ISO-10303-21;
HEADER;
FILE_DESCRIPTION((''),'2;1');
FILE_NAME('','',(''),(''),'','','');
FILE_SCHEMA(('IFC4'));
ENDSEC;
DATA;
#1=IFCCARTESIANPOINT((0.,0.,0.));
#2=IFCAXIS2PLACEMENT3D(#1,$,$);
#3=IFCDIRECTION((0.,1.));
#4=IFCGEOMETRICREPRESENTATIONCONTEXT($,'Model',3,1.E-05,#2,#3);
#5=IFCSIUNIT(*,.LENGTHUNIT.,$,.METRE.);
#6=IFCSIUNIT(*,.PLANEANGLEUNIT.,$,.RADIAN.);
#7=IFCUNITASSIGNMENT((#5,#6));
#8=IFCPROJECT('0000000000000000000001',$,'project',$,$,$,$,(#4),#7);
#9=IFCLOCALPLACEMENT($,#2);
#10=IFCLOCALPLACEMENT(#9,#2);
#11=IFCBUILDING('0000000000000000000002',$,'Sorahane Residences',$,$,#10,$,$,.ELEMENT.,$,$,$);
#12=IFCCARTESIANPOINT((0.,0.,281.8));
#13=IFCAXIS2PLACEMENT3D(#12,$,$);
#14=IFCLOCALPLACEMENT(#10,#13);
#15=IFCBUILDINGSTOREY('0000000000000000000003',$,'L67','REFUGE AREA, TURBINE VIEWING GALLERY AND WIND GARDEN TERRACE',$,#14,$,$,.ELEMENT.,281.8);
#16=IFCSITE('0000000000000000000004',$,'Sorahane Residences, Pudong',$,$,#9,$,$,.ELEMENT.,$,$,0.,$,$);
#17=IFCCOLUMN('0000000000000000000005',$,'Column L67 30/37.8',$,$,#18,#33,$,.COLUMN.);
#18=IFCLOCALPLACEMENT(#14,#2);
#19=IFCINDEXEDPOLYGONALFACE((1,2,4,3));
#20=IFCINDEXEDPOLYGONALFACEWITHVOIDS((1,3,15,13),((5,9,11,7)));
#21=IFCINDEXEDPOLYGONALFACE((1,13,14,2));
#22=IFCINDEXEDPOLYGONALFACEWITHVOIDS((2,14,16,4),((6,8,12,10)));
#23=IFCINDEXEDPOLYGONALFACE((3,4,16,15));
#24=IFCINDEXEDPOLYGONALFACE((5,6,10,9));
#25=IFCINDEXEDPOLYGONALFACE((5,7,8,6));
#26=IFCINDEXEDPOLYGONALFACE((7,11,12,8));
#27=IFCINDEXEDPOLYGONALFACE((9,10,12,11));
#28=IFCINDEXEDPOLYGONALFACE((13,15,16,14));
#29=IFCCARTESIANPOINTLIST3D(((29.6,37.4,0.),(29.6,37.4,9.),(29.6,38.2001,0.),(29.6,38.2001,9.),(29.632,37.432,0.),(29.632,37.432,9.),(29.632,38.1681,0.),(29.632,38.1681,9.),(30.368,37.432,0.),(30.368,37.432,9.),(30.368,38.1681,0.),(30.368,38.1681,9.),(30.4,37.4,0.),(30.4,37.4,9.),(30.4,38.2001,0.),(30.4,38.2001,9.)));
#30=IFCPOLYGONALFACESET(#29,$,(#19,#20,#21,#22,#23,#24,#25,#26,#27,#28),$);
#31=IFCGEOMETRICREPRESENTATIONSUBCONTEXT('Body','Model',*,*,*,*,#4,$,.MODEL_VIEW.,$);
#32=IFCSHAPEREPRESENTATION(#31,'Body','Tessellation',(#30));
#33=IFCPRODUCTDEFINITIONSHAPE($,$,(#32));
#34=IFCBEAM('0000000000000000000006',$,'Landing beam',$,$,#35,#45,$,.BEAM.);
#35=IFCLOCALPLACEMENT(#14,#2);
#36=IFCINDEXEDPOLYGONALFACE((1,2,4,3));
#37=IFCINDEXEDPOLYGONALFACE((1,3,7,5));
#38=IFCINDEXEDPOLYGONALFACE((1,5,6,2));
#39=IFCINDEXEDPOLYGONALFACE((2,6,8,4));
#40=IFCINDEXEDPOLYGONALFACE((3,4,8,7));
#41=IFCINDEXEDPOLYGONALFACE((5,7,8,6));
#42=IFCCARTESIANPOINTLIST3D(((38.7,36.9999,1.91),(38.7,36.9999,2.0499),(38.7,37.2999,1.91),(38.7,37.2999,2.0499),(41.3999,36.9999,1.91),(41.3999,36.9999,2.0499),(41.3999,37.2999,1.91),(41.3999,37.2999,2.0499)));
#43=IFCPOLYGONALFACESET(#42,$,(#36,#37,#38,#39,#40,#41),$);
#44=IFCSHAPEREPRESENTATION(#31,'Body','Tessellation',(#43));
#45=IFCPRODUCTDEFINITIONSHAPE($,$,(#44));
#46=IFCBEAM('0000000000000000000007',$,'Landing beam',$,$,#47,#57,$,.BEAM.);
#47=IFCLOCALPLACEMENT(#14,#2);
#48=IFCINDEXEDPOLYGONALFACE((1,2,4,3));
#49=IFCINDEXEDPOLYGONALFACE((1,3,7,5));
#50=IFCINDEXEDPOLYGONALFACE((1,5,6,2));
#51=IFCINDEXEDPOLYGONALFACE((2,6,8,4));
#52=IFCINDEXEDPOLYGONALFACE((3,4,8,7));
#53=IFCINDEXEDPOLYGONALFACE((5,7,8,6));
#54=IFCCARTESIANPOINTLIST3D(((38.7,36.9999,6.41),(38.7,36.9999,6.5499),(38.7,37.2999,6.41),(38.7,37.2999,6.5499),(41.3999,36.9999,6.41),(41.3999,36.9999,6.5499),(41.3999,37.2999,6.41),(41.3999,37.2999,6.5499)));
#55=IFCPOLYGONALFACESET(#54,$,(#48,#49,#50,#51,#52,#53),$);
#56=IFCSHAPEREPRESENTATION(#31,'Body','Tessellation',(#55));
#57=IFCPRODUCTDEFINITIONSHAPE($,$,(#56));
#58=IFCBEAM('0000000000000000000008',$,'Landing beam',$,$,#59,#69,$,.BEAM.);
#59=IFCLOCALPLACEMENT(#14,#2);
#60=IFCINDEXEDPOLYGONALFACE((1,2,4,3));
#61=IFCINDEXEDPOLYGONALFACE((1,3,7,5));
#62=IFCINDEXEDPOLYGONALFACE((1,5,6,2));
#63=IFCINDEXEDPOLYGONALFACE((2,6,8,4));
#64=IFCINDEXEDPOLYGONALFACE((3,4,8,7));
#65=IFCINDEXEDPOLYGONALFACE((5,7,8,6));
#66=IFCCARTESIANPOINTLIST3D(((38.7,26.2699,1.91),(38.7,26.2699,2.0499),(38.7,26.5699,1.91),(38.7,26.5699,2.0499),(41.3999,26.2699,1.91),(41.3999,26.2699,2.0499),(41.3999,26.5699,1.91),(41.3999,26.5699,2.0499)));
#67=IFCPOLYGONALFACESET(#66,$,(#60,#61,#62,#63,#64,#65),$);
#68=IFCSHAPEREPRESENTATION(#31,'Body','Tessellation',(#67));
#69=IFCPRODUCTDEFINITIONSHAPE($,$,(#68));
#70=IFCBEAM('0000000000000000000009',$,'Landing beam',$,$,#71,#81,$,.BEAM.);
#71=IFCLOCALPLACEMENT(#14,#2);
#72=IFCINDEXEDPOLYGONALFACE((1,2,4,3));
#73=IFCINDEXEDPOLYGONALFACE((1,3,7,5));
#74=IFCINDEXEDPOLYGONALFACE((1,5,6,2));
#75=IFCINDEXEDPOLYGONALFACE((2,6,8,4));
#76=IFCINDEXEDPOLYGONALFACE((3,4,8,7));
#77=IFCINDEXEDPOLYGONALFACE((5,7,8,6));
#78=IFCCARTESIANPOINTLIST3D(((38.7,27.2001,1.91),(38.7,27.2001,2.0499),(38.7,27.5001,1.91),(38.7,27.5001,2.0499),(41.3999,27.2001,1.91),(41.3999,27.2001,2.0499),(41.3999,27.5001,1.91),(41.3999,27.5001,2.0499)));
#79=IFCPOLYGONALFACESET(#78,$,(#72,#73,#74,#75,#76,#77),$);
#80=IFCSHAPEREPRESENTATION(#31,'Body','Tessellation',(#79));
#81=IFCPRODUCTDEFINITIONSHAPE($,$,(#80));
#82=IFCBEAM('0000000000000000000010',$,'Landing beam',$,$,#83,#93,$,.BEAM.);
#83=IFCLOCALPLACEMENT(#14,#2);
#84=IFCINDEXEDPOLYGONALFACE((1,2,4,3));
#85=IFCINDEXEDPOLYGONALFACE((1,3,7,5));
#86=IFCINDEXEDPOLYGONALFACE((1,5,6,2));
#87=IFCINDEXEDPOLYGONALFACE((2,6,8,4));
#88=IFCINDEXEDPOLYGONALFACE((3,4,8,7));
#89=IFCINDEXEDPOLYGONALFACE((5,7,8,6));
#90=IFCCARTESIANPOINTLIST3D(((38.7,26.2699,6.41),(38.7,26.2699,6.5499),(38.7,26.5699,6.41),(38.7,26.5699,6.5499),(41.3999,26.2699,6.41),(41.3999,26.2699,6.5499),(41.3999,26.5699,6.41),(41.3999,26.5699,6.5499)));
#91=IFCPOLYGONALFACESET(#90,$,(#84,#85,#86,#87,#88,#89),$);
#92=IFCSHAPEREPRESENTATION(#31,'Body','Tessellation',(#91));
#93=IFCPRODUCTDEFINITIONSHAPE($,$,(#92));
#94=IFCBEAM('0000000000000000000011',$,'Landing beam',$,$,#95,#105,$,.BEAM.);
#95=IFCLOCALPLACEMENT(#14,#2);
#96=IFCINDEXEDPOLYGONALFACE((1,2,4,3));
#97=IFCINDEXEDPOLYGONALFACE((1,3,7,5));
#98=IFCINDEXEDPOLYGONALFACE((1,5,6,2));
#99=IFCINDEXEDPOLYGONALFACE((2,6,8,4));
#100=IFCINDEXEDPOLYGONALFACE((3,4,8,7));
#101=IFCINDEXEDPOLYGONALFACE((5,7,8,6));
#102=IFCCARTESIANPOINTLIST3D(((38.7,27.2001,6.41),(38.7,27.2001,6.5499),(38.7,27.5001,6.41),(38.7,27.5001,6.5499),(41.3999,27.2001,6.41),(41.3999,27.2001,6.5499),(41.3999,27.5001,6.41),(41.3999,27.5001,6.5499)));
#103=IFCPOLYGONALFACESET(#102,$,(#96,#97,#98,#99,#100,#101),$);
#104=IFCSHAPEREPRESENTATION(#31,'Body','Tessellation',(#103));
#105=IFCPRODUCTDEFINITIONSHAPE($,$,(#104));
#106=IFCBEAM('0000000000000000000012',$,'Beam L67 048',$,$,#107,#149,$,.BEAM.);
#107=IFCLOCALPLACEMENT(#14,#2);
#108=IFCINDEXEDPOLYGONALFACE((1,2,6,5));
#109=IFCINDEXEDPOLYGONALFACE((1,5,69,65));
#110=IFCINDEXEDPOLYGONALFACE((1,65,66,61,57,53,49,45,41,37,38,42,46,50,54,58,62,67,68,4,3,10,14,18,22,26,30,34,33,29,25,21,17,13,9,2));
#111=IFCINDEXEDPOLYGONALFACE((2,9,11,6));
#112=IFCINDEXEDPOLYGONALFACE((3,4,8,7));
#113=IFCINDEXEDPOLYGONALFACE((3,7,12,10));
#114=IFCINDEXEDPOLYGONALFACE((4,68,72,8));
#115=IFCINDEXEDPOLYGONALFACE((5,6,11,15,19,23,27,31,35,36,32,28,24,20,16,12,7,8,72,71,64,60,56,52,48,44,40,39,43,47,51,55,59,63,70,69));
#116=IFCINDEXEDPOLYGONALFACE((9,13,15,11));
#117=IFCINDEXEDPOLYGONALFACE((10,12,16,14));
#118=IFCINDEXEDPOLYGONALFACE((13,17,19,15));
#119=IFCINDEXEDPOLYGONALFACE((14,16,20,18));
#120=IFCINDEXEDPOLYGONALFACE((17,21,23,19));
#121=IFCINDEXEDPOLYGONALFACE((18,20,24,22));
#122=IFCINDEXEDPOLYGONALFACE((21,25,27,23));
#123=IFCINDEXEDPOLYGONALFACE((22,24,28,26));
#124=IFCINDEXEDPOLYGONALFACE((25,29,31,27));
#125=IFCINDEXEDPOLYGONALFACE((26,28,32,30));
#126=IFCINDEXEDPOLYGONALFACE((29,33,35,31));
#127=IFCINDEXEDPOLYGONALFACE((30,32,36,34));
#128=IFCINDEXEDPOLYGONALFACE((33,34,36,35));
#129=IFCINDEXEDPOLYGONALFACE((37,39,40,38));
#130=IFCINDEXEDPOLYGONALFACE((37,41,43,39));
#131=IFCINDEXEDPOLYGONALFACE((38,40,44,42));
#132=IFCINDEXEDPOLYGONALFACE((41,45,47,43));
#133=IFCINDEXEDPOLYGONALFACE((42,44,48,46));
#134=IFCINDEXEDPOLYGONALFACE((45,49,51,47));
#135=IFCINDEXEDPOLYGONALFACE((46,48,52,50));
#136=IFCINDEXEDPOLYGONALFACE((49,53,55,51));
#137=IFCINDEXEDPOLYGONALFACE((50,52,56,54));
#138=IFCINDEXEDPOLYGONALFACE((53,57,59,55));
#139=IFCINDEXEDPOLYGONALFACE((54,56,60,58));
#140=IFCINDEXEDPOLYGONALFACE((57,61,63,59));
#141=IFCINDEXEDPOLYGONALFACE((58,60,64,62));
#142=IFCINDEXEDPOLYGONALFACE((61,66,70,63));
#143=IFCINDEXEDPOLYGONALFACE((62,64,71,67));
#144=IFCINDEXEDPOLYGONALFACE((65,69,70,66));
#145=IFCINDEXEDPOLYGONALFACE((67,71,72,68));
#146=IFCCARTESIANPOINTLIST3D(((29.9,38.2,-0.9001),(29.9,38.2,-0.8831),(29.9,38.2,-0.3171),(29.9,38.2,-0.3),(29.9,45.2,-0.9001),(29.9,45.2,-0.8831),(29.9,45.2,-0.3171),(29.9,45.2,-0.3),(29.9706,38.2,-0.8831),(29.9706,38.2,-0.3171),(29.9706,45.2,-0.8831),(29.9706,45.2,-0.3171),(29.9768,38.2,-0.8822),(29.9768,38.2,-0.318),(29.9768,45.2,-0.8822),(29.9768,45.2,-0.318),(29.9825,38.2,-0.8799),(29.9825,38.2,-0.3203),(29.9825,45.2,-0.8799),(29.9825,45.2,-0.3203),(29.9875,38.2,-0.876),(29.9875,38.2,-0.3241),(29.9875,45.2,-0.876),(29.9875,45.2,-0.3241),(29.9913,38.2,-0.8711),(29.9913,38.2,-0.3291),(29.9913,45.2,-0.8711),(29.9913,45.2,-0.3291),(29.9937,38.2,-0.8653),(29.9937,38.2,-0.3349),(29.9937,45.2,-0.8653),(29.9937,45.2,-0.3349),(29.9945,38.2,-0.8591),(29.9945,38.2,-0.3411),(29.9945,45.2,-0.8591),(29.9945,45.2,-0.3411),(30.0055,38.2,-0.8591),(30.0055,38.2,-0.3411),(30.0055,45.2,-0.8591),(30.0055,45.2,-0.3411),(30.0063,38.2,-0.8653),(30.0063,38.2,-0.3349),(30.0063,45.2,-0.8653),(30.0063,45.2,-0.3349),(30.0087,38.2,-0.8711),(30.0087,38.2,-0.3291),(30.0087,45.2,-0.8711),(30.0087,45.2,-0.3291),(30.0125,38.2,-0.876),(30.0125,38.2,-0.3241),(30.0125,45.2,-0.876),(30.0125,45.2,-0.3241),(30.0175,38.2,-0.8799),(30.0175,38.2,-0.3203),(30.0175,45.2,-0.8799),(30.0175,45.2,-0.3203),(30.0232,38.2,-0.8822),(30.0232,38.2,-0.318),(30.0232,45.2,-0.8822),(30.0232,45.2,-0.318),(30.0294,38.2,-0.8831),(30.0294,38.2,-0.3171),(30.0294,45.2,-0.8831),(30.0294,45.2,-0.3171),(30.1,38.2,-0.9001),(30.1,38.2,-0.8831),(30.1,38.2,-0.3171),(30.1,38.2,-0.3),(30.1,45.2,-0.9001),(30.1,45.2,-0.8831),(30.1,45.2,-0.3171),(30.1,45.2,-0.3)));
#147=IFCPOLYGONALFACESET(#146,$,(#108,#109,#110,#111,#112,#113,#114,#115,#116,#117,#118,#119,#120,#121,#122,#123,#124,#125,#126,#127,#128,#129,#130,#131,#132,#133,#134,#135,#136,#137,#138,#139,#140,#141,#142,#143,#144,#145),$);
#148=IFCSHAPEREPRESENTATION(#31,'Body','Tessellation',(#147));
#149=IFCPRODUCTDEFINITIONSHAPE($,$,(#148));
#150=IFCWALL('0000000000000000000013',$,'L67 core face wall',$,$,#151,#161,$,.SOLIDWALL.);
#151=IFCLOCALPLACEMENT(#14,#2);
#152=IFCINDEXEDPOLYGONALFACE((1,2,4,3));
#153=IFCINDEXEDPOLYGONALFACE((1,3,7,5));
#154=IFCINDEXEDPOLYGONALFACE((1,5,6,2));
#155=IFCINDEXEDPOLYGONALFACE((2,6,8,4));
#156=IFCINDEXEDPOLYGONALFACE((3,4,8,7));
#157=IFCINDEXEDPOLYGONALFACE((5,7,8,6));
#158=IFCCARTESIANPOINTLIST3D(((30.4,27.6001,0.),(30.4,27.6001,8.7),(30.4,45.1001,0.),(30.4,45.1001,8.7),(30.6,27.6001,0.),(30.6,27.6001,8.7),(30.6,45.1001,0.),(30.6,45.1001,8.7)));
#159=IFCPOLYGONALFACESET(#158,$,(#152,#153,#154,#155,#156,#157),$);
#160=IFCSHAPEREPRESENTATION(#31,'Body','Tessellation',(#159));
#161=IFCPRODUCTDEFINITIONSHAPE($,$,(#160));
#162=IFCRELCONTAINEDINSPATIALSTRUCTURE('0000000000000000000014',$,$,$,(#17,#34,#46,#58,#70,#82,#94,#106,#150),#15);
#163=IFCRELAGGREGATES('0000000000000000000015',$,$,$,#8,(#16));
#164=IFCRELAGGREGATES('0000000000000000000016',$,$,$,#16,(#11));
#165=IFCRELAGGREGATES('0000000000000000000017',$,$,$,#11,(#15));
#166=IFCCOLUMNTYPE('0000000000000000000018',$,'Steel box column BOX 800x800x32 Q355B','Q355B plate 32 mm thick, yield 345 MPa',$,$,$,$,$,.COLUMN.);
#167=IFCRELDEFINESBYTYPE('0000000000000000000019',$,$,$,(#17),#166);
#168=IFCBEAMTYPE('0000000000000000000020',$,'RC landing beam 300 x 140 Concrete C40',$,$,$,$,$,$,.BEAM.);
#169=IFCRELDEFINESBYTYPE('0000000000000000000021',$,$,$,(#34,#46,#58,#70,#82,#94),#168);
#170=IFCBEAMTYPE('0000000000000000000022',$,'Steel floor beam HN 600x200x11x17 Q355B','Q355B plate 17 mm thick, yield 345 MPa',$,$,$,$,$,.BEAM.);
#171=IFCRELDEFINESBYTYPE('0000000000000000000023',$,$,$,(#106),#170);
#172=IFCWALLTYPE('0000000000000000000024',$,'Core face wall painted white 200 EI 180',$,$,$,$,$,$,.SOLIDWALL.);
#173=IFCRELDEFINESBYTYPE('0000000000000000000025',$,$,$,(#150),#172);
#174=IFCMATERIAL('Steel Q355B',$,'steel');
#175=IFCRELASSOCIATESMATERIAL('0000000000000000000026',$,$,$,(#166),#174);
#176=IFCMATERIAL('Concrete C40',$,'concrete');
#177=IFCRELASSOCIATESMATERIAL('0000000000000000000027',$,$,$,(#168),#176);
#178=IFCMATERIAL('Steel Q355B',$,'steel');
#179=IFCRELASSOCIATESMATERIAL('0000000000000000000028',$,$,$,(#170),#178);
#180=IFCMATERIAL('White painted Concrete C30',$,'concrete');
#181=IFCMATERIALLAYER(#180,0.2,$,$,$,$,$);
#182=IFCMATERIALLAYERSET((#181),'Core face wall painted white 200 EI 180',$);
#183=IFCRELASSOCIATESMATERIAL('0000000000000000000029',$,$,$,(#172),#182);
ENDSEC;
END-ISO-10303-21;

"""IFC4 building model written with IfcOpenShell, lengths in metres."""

from ifc_helpers import new_model, si_unit, direction, frame, frame_2d, origin, origin_2d, place, context, subcontext, project, spatial, rectangle, hollow_rectangle, i_section, extrude, material, layer, layer_set, material_profile, profile_set, type_object, element, save


model = new_model("IFC4")

# Units and contexts
model_context = context("Model", 3, precision=1e-05, world=origin(), true_north=direction((0.0, 1.0)))
body_context = subcontext(model_context, "Body", "Model", "MODEL_VIEW")
ifc_project = project(units=[si_unit("LENGTHUNIT", "METRE"), si_unit("PLANEANGLEUNIT", "RADIAN")], contexts=[model_context])

# Site, building, storey
site_placement = place(None, origin())
site = spatial("IfcSite", under=ifc_project, at=site_placement, Name="Sorahane Residences, Pudong", CompositionType="ELEMENT", RefElevation=0.0)
building_placement = place(site_placement, origin())
building = spatial("IfcBuilding", under=site, at=building_placement, Name="Sorahane Residences", CompositionType="ELEMENT")
storey_placement = place(building_placement, frame((0.0, 0.0, 281.8)))
storey = spatial("IfcBuildingStorey", under=building, at=storey_placement, Name="L67", Description="REFUGE AREA, TURBINE VIEWING GALLERY AND WIND GARDEN TERRACE", CompositionType="ELEMENT", Elevation=281.8)

# Column
ifc_material_1 = material(Name="Steel Q355B", Category="steel")
ifc_material_profile_1 = material_profile(ifc_material_1, hollow_rectangle(XDim=0.8, YDim=0.8, WallThickness=0.032, at=origin_2d()), Name="BOX 800x800x32")
ifc_profile_set_1 = profile_set([ifc_material_profile_1], Name="Steel Q355B")
column_type = type_object("IfcColumnType", Name="Steel box column BOX 800x800x32 Q355B", Description="Q355B plate 32 mm thick, yield 345 MPa", PredefinedType="COLUMN", material=ifc_profile_set_1)
column_placement = place(storey_placement, frame((30.0, 37.8, 0.0), z_axis=(0.0, 0.0, 1.0), x_axis=(1.0, 0.0, 0.0)))
element("IfcColumn", 1, at=column_placement, inside=storey, type_object=column_type, Name="Column L67 30/37.8", PredefinedType="COLUMN", context=body_context, shape_type="SweptSolid", body=[
    extrude(hollow_rectangle(XDim=0.8, YDim=0.8, WallThickness=0.032, at=origin_2d()), origin(), (0.0, 0.0, 1.0), 9.0),
])

# Beams
ifc_material_2 = material(Name="Concrete C40", Category="concrete")
ifc_material_profile_2 = material_profile(ifc_material_2, rectangle(XDim=0.3, YDim=0.1399, at=origin_2d()), Name="300x140")
ifc_profile_set_2 = profile_set([ifc_material_profile_2], Name="Concrete C40")
beam_type_1 = type_object("IfcBeamType", Name="RC landing beam 300 x 140 Concrete C40", PredefinedType="BEAM", material=ifc_profile_set_2)
for number, where, z_axis, x_axis, name in (
    (2, (38.7, 37.1499, 1.98), (1.0, 0.0, 0.0), (0.0, 1.0, 0.0), "Landing beam"),
    (3, (38.7, 37.1499, 6.48), (1.0, 0.0, 0.0), (0.0, 1.0, 0.0), "Landing beam"),
    (4, (38.7, 26.4199, 1.98), (1.0, 0.0, 0.0), (0.0, 1.0, 0.0), "Landing beam"),
    (5, (38.7, 27.3501, 1.98), (1.0, 0.0, 0.0), (0.0, 1.0, 0.0), "Landing beam"),
    (6, (38.7, 26.4199, 6.48), (1.0, 0.0, 0.0), (0.0, 1.0, 0.0), "Landing beam"),
    (7, (38.7, 27.3501, 6.48), (1.0, 0.0, 0.0), (0.0, 1.0, 0.0), "Landing beam"),
):
    element("IfcBeam", number, at=place(storey_placement, frame(where, z_axis=z_axis, x_axis=x_axis)), inside=storey, type_object=beam_type_1, Name=name, PredefinedType="BEAM", context=body_context, shape_type="SweptSolid", body=[
        extrude(rectangle(XDim=0.3, YDim=0.1399, at=origin_2d()), origin(), (0.0, 0.0, 1.0), 2.7),
    ])
ifc_material_3 = material(Name="Steel Q355B", Category="steel")
ifc_material_profile_3 = material_profile(ifc_material_3, i_section(OverallWidth=0.2, OverallDepth=0.6001, WebThickness=0.011, FlangeThickness=0.0171, FilletRadius=0.0239, at=origin_2d()), Name="HN 600x200x11x17")
ifc_profile_set_3 = profile_set([ifc_material_profile_3], Name="Steel Q355B")
beam_type_2 = type_object("IfcBeamType", Name="Steel floor beam HN 600x200x11x17 Q355B", Description="Q355B plate 17 mm thick, yield 345 MPa", PredefinedType="BEAM", material=ifc_profile_set_3)
beam_placement = place(storey_placement, frame((30.0, 38.2, -0.6001), z_axis=(0.0, 1.0, 0.0), x_axis=(-1.0, 0.0, 0.0)))
element("IfcBeam", 8, at=beam_placement, inside=storey, type_object=beam_type_2, Name="Beam L67 048", PredefinedType="BEAM", context=body_context, shape_type="SweptSolid", body=[
    extrude(i_section(OverallWidth=0.2, OverallDepth=0.6001, WebThickness=0.011, FlangeThickness=0.0171, FilletRadius=0.0239, at=origin_2d()), origin(), (0.0, 0.0, 1.0), 7.0),
])

# Wall
ifc_material_4 = material(Name="White painted Concrete C30", Category="concrete")
ifc_layer_1 = layer(ifc_material_4, 0.2)
ifc_layer_set_1 = layer_set([ifc_layer_1], Name="Core face wall painted white 200 EI 180")
wall_type_1 = type_object("IfcWallType", Name="Core face wall painted white 200 EI 180", PredefinedType="SOLIDWALL", material=ifc_layer_set_1)
wall_1_placement = place(storey_placement, frame((30.5, 27.6001, 0.0), z_axis=(0.0, 0.0, 1.0), x_axis=(0.0, 1.0, 0.0)))
element("IfcWall", 9, at=wall_1_placement, inside=storey, type_object=wall_type_1, Name="L67 core face wall", PredefinedType="SOLIDWALL", context=body_context, shape_type="SweptSolid", body=[
    extrude(rectangle(XDim=17.5, YDim=0.2, at=frame_2d((8.75, 0.0))), origin(), (0.0, 0.0, 1.0), 8.7),
])

save(model, "model.ifc")
